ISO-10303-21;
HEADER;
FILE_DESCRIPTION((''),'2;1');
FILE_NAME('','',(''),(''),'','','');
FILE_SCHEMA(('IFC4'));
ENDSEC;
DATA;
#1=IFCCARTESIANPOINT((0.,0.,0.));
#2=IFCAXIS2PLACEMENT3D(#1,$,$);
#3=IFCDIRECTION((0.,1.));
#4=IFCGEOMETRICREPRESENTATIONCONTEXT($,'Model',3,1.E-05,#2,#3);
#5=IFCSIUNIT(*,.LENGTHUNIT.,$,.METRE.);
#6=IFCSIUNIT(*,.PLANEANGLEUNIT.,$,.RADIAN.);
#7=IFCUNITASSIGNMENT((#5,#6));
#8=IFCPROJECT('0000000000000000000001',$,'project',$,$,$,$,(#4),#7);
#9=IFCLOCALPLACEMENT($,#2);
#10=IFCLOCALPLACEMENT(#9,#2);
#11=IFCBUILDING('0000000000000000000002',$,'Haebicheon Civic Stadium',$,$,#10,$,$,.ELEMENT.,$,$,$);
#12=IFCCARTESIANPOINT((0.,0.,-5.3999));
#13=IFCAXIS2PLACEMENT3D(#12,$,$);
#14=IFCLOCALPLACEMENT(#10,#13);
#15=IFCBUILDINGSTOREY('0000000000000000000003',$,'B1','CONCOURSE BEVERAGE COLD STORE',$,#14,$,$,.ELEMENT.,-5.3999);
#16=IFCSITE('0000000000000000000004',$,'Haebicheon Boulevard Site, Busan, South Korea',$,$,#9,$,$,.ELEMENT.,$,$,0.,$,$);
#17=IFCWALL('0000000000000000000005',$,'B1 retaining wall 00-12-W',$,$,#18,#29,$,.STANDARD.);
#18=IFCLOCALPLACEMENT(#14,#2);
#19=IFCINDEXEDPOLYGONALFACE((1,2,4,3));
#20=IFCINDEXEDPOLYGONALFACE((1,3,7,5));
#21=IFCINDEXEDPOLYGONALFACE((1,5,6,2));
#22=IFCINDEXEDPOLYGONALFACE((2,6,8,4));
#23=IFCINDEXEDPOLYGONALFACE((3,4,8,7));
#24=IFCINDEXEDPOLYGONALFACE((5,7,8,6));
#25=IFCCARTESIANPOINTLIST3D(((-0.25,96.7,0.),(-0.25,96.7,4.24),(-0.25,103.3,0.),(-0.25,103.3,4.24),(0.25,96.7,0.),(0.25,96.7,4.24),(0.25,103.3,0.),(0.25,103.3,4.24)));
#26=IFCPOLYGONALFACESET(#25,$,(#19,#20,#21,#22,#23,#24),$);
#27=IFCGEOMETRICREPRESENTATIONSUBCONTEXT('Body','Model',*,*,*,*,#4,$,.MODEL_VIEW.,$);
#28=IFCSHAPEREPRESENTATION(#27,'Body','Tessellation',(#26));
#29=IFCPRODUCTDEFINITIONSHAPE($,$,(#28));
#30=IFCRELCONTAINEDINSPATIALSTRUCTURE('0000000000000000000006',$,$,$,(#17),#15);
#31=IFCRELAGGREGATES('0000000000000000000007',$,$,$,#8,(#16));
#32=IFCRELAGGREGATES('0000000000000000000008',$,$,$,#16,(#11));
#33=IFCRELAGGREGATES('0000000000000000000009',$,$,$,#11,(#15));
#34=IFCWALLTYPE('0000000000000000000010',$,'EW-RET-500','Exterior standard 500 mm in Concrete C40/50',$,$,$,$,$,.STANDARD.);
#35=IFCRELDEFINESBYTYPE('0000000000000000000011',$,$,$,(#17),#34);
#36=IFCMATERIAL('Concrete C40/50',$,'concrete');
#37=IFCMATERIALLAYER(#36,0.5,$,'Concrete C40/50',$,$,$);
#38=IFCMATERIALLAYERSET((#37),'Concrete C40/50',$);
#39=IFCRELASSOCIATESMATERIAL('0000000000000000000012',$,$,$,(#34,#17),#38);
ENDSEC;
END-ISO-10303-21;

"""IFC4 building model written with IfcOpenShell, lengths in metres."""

from ifc_helpers import new_model, si_unit, direction, frame, frame_2d, origin, place, context, subcontext, project, spatial, rectangle, extrude, material, layer, layer_set, type_object, element, save


model = new_model("IFC4")

# Units and contexts
model_context = context("Model", 3, precision=1e-05, world=origin(), true_north=direction((0.0, 1.0)))
body_context = subcontext(model_context, "Body", "Model", "MODEL_VIEW")
ifc_project = project(units=[si_unit("LENGTHUNIT", "METRE"), si_unit("PLANEANGLEUNIT", "RADIAN")], contexts=[model_context])

# Site, building, storey
site_placement = place(None, origin())
site = spatial("IfcSite", under=ifc_project, at=site_placement, Name="Haebicheon Boulevard Site, Busan, South Korea", CompositionType="ELEMENT", RefElevation=0.0)
building_placement = place(site_placement, origin())
building = spatial("IfcBuilding", under=site, at=building_placement, Name="Haebicheon Civic Stadium", CompositionType="ELEMENT")
storey_placement = place(building_placement, frame((0.0, 0.0, -5.3999)))
storey = spatial("IfcBuildingStorey", under=building, at=storey_placement, Name="B1", Description="CONCOURSE BEVERAGE COLD STORE", CompositionType="ELEMENT", Elevation=-5.3999)

# Wall
ifc_material_1 = material(Name="Concrete C40/50", Category="concrete")
ifc_layer_1 = layer(ifc_material_1, 0.5, Name="Concrete C40/50")
ifc_layer_set_1 = layer_set([ifc_layer_1], Name="Concrete C40/50")
wall_type = type_object("IfcWallType", Name="EW-RET-500", Description="Exterior standard 500 mm in Concrete C40/50", PredefinedType="STANDARD", material=ifc_layer_set_1)
wall_placement = place(storey_placement, frame((0.0, 96.7, 0.0), z_axis=(0.0, 0.0, 1.0), x_axis=(0.0, 1.0, 0.0)))
element("IfcWall", 1, at=wall_placement, inside=storey, type_object=wall_type, material=ifc_layer_set_1, Name="B1 retaining wall 00-12-W", PredefinedType="STANDARD", context=body_context, shape_type="SweptSolid", body=[
    extrude(rectangle(XDim=6.6001, YDim=0.5, at=frame_2d((3.3, 0.0))), origin(), (0.0, 0.0, 1.0), 4.24),
])

save(model, "model.ifc")
